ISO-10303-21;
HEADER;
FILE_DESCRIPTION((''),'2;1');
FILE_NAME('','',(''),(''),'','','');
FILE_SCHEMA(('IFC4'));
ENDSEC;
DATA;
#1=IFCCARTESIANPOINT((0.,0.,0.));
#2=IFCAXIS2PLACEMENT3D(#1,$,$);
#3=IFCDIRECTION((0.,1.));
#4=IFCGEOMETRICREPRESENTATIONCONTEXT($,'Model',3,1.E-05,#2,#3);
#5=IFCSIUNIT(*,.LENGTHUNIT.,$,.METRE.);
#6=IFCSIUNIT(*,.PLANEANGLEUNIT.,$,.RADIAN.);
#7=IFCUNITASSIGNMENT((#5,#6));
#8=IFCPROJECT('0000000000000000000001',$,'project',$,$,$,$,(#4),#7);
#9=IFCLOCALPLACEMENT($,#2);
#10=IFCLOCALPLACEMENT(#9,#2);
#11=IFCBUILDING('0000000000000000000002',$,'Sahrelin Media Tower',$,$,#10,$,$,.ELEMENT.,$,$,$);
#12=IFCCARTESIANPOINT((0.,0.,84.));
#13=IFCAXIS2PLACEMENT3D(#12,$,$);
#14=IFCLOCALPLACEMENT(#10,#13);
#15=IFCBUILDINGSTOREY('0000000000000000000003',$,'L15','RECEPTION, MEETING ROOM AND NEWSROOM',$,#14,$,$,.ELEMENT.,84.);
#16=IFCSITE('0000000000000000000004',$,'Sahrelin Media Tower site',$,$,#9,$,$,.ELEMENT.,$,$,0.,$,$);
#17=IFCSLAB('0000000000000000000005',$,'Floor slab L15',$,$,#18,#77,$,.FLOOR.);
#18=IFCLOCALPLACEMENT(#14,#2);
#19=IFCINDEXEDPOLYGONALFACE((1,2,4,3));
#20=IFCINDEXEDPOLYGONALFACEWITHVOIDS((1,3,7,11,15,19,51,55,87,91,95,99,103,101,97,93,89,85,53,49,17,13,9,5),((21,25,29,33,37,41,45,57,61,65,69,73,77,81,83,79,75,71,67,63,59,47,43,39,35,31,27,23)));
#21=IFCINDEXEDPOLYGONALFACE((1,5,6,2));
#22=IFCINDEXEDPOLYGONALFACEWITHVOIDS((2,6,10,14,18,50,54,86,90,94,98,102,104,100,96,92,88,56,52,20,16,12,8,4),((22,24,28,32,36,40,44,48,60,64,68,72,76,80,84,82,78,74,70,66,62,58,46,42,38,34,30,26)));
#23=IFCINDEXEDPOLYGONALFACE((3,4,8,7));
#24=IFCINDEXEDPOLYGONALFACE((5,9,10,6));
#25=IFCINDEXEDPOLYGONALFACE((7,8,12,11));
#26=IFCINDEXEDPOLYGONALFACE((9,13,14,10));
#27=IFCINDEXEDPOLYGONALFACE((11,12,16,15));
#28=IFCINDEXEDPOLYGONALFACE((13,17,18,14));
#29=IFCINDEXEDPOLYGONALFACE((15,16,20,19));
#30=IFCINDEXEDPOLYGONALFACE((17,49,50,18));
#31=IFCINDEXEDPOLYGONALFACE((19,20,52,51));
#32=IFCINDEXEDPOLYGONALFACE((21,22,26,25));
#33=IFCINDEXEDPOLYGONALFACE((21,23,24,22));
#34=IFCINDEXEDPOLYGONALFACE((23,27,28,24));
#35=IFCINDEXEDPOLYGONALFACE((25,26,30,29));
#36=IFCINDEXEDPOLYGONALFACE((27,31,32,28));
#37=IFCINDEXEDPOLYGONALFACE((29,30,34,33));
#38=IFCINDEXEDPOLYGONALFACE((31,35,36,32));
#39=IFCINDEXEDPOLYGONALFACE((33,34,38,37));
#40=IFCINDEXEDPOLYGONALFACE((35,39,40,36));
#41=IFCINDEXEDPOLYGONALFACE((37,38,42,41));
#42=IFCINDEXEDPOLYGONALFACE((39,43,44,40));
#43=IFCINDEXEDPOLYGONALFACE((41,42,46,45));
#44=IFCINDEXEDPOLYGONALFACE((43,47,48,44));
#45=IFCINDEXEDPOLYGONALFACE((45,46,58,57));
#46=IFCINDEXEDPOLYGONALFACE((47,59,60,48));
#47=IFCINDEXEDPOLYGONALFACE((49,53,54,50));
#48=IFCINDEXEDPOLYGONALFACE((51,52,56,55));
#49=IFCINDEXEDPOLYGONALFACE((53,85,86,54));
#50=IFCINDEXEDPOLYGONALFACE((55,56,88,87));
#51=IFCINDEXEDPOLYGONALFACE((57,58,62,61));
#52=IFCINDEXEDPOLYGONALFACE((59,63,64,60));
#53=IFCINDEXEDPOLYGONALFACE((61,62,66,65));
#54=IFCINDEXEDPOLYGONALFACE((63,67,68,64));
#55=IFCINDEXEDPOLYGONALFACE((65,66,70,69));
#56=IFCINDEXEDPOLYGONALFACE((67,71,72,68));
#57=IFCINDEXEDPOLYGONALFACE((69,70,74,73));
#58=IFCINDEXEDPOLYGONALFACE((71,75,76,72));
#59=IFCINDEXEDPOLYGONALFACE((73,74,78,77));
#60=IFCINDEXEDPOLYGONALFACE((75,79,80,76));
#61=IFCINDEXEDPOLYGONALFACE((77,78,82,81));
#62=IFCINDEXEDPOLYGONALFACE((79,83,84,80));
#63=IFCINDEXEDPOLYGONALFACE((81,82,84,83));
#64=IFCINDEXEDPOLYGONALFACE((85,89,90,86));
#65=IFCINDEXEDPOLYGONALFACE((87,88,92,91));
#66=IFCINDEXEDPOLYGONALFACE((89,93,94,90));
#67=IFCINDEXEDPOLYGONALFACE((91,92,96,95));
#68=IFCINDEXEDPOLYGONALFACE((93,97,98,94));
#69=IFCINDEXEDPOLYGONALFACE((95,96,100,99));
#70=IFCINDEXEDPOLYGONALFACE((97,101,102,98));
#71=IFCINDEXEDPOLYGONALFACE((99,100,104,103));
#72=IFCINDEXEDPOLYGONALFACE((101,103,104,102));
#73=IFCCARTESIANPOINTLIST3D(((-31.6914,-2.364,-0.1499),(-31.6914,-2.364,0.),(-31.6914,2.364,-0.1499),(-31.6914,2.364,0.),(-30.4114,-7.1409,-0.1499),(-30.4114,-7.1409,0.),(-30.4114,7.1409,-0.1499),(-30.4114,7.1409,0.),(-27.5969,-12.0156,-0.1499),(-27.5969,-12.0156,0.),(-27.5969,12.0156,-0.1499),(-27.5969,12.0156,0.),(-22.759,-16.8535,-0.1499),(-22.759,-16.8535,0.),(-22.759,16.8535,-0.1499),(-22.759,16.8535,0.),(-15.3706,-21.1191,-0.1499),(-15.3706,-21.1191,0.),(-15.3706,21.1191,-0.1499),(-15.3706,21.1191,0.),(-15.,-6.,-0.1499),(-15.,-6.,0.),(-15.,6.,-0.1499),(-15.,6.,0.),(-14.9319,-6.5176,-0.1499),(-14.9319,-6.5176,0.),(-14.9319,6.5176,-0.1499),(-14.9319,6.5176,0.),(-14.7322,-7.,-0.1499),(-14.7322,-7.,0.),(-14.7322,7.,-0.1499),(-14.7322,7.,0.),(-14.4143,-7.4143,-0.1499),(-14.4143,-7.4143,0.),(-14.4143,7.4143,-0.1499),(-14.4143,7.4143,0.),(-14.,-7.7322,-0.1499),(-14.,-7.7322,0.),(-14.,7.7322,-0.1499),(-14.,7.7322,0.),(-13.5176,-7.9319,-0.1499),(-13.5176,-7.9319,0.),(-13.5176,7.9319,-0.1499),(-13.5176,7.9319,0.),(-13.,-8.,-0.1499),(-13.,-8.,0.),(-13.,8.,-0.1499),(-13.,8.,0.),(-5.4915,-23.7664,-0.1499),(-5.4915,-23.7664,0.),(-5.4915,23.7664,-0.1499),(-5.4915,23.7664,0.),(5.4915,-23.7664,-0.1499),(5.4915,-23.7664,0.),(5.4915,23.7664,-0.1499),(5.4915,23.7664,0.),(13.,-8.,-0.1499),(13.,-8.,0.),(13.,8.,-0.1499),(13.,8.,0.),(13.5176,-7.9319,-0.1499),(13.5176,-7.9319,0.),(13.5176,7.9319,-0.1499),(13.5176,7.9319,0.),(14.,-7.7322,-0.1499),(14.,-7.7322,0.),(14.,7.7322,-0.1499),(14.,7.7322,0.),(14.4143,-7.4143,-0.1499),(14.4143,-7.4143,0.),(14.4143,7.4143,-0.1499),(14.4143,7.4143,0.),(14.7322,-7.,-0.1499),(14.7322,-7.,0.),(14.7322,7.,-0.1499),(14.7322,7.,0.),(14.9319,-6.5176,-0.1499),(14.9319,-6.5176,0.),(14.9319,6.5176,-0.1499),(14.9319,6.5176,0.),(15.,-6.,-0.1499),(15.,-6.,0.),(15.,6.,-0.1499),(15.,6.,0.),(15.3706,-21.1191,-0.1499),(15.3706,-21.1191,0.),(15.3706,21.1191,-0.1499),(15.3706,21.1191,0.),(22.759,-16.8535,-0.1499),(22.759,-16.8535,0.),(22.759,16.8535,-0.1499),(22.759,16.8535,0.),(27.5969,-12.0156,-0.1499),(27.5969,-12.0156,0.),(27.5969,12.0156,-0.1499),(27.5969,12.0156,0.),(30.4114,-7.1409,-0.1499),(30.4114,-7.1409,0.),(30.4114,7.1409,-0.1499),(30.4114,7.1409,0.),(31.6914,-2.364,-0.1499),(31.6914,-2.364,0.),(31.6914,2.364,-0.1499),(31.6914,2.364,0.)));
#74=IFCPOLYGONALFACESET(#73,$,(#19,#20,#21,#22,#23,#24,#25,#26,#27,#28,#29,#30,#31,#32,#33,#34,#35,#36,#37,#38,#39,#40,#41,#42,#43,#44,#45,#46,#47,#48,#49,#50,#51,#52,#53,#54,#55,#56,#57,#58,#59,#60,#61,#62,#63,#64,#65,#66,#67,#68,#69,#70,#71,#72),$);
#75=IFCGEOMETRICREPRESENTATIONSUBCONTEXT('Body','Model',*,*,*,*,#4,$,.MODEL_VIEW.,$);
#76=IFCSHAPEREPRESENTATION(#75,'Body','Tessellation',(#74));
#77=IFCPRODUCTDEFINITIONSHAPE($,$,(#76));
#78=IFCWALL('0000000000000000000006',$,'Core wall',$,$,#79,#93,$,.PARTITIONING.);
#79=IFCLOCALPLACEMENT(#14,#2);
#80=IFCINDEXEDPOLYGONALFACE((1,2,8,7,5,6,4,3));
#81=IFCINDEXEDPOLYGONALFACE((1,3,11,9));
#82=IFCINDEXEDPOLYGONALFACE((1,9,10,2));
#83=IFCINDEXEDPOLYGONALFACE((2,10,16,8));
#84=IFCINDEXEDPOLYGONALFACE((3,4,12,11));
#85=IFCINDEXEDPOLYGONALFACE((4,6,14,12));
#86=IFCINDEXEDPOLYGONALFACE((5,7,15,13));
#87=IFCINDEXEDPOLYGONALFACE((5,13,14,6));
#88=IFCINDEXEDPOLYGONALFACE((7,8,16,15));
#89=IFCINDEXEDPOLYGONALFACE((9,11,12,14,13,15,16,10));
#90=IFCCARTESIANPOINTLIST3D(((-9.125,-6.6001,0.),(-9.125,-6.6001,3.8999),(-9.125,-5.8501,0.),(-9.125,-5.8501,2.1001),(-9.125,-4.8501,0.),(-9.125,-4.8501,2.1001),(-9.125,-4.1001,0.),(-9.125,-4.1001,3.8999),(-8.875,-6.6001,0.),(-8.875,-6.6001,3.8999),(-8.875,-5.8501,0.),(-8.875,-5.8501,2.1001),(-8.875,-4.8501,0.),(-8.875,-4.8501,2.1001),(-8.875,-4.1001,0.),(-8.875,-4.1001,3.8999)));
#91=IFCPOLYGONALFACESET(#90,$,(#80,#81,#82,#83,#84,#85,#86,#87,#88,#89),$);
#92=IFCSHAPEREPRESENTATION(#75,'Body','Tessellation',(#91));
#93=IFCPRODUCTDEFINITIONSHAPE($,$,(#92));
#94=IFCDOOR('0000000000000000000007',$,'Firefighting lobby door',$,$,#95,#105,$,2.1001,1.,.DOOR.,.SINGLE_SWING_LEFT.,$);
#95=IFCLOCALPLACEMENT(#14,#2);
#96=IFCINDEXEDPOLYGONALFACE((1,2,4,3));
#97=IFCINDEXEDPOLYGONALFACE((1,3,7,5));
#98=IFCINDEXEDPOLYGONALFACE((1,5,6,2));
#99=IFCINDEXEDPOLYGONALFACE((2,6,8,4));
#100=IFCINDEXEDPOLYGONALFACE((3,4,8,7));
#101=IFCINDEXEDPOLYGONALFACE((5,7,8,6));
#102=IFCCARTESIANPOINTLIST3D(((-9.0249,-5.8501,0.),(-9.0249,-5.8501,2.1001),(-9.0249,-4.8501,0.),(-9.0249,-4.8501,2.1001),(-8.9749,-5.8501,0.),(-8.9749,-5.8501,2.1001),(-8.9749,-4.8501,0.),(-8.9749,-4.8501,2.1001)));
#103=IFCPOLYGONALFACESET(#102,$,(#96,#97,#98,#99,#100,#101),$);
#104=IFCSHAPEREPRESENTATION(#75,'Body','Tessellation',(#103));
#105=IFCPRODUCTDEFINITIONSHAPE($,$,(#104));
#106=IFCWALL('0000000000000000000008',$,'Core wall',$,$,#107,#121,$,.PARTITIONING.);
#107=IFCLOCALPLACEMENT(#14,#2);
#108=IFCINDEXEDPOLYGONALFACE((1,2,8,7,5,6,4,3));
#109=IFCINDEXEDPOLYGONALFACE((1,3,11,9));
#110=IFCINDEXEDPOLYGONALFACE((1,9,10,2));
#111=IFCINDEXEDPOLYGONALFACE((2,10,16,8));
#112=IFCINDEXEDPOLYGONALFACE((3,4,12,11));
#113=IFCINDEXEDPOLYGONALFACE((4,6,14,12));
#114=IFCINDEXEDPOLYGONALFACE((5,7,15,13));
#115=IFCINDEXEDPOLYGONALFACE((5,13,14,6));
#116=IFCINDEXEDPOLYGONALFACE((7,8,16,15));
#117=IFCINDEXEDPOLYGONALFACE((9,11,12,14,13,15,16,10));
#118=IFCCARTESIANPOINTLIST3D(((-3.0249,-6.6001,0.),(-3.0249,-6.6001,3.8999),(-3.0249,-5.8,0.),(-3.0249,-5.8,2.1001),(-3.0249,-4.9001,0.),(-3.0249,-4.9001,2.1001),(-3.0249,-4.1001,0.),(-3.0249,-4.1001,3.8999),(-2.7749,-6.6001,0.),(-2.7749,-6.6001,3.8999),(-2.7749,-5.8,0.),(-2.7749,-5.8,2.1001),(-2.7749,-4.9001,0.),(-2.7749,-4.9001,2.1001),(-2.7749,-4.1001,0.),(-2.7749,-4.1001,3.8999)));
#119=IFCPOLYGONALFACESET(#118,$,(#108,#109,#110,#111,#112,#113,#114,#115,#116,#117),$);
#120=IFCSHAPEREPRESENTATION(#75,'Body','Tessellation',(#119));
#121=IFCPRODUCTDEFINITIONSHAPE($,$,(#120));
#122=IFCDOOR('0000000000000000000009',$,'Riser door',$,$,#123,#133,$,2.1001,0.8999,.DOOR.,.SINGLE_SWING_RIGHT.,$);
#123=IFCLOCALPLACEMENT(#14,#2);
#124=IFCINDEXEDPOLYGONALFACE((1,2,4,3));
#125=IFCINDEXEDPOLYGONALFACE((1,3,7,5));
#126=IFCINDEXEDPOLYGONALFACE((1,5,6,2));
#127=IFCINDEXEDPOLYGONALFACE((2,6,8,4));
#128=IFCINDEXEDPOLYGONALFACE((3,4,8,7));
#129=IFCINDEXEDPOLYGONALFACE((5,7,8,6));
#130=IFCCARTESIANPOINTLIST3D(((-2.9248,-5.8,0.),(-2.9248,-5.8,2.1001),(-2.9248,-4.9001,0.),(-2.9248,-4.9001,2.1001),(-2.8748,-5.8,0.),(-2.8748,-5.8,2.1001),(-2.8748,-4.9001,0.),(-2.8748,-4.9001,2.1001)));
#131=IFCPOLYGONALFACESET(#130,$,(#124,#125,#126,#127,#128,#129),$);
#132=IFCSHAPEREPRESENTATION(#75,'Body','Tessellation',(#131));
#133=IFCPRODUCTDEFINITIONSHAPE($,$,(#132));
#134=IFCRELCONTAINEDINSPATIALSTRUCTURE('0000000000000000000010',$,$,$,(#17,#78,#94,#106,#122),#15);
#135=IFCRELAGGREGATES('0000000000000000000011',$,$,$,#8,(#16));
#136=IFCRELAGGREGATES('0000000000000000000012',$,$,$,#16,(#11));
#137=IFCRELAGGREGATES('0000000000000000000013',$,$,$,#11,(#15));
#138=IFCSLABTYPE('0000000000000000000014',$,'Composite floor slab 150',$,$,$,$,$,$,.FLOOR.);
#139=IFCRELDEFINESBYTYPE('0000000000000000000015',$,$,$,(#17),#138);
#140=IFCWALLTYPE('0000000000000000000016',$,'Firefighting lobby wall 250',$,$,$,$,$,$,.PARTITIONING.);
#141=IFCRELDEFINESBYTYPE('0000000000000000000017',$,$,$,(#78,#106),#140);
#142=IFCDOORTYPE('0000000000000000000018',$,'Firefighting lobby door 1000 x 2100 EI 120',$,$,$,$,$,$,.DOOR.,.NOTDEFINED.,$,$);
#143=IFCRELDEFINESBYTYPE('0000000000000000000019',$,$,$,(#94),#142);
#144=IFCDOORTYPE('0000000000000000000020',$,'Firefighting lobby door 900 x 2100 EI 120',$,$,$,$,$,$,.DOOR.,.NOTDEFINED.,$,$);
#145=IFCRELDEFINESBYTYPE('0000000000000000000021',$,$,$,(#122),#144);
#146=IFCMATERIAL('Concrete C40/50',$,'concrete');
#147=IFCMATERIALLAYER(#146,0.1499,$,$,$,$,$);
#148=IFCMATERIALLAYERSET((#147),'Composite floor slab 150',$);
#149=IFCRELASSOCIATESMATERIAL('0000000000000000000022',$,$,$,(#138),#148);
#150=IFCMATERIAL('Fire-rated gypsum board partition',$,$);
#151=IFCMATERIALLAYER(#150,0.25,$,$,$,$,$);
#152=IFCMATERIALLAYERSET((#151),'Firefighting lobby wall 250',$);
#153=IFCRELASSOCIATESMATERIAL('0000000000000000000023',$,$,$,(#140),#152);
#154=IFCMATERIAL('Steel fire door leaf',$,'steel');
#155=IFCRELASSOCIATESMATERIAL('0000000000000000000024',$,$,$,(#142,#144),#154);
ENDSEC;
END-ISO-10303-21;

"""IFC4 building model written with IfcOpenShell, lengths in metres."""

from ifc_helpers import new_model, si_unit, direction, frame, frame_2d, origin, place, context, subcontext, project, spatial, polyline, rectangle, outline, extrude, material, layer, layer_set, type_object, element, fill, save


model = new_model("IFC4")

# Units and contexts
model_context = context("Model", 3, precision=1e-05, world=origin(), true_north=direction((0.0, 1.0)))
body_context = subcontext(model_context, "Body", "Model", "MODEL_VIEW")
ifc_project = project(units=[si_unit("LENGTHUNIT", "METRE"), si_unit("PLANEANGLEUNIT", "RADIAN")], contexts=[model_context])

# Site, building, storey
site_placement = place(None, origin())
site = spatial("IfcSite", under=ifc_project, at=site_placement, Name="Sahrelin Media Tower site", CompositionType="ELEMENT", RefElevation=0.0)
building_placement = place(site_placement, origin())
building = spatial("IfcBuilding", under=site, at=building_placement, Name="Sahrelin Media Tower", CompositionType="ELEMENT")
storey_placement = place(building_placement, frame((0.0, 0.0, 84.0)))
storey = spatial("IfcBuildingStorey", under=building, at=storey_placement, Name="L15", Description="RECEPTION, MEETING ROOM AND NEWSROOM", CompositionType="ELEMENT", Elevation=84.0)

# Slab
ifc_material_1 = material(Name="Concrete C40/50", Category="concrete")
ifc_layer_1 = layer(ifc_material_1, 0.1499)
ifc_layer_set_1 = layer_set([ifc_layer_1], Name="Composite floor slab 150")
slab_type = type_object("IfcSlabType", Name="Composite floor slab 150", PredefinedType="FLOOR", material=ifc_layer_set_1)
slab_placement = place(storey_placement, frame((0.0, 0.0, -0.1499)))
element("IfcSlab", 1, at=slab_placement, inside=storey, type_object=slab_type, Name="Floor slab L15", PredefinedType="FLOOR", context=body_context, shape_type="SweptSolid", body=[
    extrude(outline(polyline([(31.6914, -2.364), (31.6914, 2.364), (30.4114, 7.1409), (27.5969, 12.0156), (22.759, 16.8535), (15.3706, 21.1191), (5.4915, 23.7664), (-5.4915, 23.7664), (-15.3706, 21.1191), (-22.759, 16.8535), (-27.5969, 12.0156), (-30.4114, 7.1409), (-31.6914, 2.364), (-31.6914, -2.364), (-30.4114, -7.1409), (-27.5969, -12.0156), (-22.759, -16.8535), (-15.3706, -21.1191), (-5.4915, -23.7664), (5.4915, -23.7664), (15.3706, -21.1191), (22.759, -16.8535), (27.5969, -12.0156), (30.4114, -7.1409), (31.6914, -2.364)]), holes=[polyline([(14.9319, 6.5176), (15.0, 6.0), (15.0, -6.0), (14.9319, -6.5176), (14.7322, -7.0), (14.4143, -7.4143), (14.0, -7.7322), (13.5176, -7.9319), (13.0, -8.0), (-13.0, -8.0), (-13.5176, -7.9319), (-14.0, -7.7322), (-14.4143, -7.4143), (-14.7322, -7.0), (-14.9319, -6.5176), (-15.0, -6.0), (-15.0, 6.0), (-14.9319, 6.5176), (-14.7322, 7.0), (-14.4143, 7.4143), (-14.0, 7.7322), (-13.5176, 7.9319), (-13.0, 8.0), (13.0, 8.0), (13.5176, 7.9319), (14.0, 7.7322), (14.4143, 7.4143), (14.7322, 7.0), (14.9319, 6.5176)])]), origin(), (0.0, 0.0, 1.0), 0.1499),
])

# Walls, openings, doors
ifc_material_2 = material(Name="Fire-rated gypsum board partition")
ifc_layer_2 = layer(ifc_material_2, 0.25)
ifc_layer_set_2 = layer_set([ifc_layer_2], Name="Firefighting lobby wall 250")
wall_type_1 = type_object("IfcWallType", Name="Firefighting lobby wall 250", PredefinedType="PARTITIONING", material=ifc_layer_set_2)
wall_1_placement = place(storey_placement, frame((-9.0, -6.6001, 0.0), z_axis=(0.0, 0.0, 1.0), x_axis=(0.0, 1.0, 0.0)))
wall_1 = element("IfcWall", 2, at=wall_1_placement, inside=storey, type_object=wall_type_1, Name="Core wall", PredefinedType="PARTITIONING", context=body_context, shape_type="SweptSolid", body=[
    extrude(rectangle(XDim=2.5, YDim=0.25, at=frame_2d((1.25, 0.0))), origin(), (0.0, 0.0, 1.0), 3.8999),
])
opening_1_placement = place(wall_1_placement, frame((0.75, 0.0, 0.0)))
opening_1 = element("IfcOpeningElement", 3, at=opening_1_placement, cuts=wall_1, PredefinedType="OPENING", context=body_context, shape_type="SweptSolid", body=[
    extrude(rectangle(XDim=1.0, YDim=2.1001, at=frame_2d((0.5, 1.05))), frame((0.0, 0.125, 0.0), z_axis=(0.0, -1.0, 0.0), x_axis=(1.0, 0.0, 0.0)), (0.0, 0.0, 1.0), 0.25),
])
ifc_material_3 = material(Name="Steel fire door leaf", Category="steel")
door_type_1 = type_object("IfcDoorType", Name="Firefighting lobby door 1000 x 2100 EI 120", OperationType="NOTDEFINED", PredefinedType="DOOR", material=ifc_material_3)
door_1_placement = place(opening_1_placement, origin())
door_1 = element("IfcDoor", 4, at=door_1_placement, inside=storey, type_object=door_type_1, Name="Firefighting lobby door", OperationType="SINGLE_SWING_LEFT", OverallHeight=2.1001, OverallWidth=1.0, PredefinedType="DOOR", context=body_context, shape_type="SweptSolid", body=[
    extrude(rectangle(XDim=1.0, YDim=2.1001, at=frame_2d((0.5, 1.05))), frame((0.0, 0.0249, 0.0), z_axis=(0.0, -1.0, 0.0), x_axis=(1.0, 0.0, 0.0)), (0.0, 0.0, 1.0), 0.05),
])
fill(opening_1, door_1)
wall_2_placement = place(storey_placement, frame((-2.8999, -6.6001, 0.0), z_axis=(0.0, 0.0, 1.0), x_axis=(0.0, 1.0, 0.0)))
wall_2 = element("IfcWall", 5, at=wall_2_placement, inside=storey, type_object=wall_type_1, Name="Core wall", PredefinedType="PARTITIONING", context=body_context, shape_type="SweptSolid", body=[
    extrude(rectangle(XDim=2.5, YDim=0.25, at=frame_2d((1.25, 0.0))), origin(), (0.0, 0.0, 1.0), 3.8999),
])
opening_2_placement = place(wall_2_placement, frame((0.8, 0.0, 0.0)))
opening_2 = element("IfcOpeningElement", 6, at=opening_2_placement, cuts=wall_2, PredefinedType="OPENING", context=body_context, shape_type="SweptSolid", body=[
    extrude(rectangle(XDim=0.8999, YDim=2.1001, at=frame_2d((0.45, 1.05))), frame((0.0, 0.125, 0.0), z_axis=(0.0, -1.0, 0.0), x_axis=(1.0, 0.0, 0.0)), (0.0, 0.0, 1.0), 0.25),
])
door_type_2 = type_object("IfcDoorType", Name="Firefighting lobby door 900 x 2100 EI 120", OperationType="NOTDEFINED", PredefinedType="DOOR", material=ifc_material_3)
door_2_placement = place(opening_2_placement, origin())
door_2 = element("IfcDoor", 7, at=door_2_placement, inside=storey, type_object=door_type_2, Name="Riser door", OperationType="SINGLE_SWING_RIGHT", OverallHeight=2.1001, OverallWidth=0.8999, PredefinedType="DOOR", context=body_context, shape_type="SweptSolid", body=[
    extrude(rectangle(XDim=0.8999, YDim=2.1001, at=frame_2d((0.45, 1.05))), frame((0.0, 0.0249, 0.0), z_axis=(0.0, -1.0, 0.0), x_axis=(1.0, 0.0, 0.0)), (0.0, 0.0, 1.0), 0.05),
])
fill(opening_2, door_2)

save(model, "model.ifc")
